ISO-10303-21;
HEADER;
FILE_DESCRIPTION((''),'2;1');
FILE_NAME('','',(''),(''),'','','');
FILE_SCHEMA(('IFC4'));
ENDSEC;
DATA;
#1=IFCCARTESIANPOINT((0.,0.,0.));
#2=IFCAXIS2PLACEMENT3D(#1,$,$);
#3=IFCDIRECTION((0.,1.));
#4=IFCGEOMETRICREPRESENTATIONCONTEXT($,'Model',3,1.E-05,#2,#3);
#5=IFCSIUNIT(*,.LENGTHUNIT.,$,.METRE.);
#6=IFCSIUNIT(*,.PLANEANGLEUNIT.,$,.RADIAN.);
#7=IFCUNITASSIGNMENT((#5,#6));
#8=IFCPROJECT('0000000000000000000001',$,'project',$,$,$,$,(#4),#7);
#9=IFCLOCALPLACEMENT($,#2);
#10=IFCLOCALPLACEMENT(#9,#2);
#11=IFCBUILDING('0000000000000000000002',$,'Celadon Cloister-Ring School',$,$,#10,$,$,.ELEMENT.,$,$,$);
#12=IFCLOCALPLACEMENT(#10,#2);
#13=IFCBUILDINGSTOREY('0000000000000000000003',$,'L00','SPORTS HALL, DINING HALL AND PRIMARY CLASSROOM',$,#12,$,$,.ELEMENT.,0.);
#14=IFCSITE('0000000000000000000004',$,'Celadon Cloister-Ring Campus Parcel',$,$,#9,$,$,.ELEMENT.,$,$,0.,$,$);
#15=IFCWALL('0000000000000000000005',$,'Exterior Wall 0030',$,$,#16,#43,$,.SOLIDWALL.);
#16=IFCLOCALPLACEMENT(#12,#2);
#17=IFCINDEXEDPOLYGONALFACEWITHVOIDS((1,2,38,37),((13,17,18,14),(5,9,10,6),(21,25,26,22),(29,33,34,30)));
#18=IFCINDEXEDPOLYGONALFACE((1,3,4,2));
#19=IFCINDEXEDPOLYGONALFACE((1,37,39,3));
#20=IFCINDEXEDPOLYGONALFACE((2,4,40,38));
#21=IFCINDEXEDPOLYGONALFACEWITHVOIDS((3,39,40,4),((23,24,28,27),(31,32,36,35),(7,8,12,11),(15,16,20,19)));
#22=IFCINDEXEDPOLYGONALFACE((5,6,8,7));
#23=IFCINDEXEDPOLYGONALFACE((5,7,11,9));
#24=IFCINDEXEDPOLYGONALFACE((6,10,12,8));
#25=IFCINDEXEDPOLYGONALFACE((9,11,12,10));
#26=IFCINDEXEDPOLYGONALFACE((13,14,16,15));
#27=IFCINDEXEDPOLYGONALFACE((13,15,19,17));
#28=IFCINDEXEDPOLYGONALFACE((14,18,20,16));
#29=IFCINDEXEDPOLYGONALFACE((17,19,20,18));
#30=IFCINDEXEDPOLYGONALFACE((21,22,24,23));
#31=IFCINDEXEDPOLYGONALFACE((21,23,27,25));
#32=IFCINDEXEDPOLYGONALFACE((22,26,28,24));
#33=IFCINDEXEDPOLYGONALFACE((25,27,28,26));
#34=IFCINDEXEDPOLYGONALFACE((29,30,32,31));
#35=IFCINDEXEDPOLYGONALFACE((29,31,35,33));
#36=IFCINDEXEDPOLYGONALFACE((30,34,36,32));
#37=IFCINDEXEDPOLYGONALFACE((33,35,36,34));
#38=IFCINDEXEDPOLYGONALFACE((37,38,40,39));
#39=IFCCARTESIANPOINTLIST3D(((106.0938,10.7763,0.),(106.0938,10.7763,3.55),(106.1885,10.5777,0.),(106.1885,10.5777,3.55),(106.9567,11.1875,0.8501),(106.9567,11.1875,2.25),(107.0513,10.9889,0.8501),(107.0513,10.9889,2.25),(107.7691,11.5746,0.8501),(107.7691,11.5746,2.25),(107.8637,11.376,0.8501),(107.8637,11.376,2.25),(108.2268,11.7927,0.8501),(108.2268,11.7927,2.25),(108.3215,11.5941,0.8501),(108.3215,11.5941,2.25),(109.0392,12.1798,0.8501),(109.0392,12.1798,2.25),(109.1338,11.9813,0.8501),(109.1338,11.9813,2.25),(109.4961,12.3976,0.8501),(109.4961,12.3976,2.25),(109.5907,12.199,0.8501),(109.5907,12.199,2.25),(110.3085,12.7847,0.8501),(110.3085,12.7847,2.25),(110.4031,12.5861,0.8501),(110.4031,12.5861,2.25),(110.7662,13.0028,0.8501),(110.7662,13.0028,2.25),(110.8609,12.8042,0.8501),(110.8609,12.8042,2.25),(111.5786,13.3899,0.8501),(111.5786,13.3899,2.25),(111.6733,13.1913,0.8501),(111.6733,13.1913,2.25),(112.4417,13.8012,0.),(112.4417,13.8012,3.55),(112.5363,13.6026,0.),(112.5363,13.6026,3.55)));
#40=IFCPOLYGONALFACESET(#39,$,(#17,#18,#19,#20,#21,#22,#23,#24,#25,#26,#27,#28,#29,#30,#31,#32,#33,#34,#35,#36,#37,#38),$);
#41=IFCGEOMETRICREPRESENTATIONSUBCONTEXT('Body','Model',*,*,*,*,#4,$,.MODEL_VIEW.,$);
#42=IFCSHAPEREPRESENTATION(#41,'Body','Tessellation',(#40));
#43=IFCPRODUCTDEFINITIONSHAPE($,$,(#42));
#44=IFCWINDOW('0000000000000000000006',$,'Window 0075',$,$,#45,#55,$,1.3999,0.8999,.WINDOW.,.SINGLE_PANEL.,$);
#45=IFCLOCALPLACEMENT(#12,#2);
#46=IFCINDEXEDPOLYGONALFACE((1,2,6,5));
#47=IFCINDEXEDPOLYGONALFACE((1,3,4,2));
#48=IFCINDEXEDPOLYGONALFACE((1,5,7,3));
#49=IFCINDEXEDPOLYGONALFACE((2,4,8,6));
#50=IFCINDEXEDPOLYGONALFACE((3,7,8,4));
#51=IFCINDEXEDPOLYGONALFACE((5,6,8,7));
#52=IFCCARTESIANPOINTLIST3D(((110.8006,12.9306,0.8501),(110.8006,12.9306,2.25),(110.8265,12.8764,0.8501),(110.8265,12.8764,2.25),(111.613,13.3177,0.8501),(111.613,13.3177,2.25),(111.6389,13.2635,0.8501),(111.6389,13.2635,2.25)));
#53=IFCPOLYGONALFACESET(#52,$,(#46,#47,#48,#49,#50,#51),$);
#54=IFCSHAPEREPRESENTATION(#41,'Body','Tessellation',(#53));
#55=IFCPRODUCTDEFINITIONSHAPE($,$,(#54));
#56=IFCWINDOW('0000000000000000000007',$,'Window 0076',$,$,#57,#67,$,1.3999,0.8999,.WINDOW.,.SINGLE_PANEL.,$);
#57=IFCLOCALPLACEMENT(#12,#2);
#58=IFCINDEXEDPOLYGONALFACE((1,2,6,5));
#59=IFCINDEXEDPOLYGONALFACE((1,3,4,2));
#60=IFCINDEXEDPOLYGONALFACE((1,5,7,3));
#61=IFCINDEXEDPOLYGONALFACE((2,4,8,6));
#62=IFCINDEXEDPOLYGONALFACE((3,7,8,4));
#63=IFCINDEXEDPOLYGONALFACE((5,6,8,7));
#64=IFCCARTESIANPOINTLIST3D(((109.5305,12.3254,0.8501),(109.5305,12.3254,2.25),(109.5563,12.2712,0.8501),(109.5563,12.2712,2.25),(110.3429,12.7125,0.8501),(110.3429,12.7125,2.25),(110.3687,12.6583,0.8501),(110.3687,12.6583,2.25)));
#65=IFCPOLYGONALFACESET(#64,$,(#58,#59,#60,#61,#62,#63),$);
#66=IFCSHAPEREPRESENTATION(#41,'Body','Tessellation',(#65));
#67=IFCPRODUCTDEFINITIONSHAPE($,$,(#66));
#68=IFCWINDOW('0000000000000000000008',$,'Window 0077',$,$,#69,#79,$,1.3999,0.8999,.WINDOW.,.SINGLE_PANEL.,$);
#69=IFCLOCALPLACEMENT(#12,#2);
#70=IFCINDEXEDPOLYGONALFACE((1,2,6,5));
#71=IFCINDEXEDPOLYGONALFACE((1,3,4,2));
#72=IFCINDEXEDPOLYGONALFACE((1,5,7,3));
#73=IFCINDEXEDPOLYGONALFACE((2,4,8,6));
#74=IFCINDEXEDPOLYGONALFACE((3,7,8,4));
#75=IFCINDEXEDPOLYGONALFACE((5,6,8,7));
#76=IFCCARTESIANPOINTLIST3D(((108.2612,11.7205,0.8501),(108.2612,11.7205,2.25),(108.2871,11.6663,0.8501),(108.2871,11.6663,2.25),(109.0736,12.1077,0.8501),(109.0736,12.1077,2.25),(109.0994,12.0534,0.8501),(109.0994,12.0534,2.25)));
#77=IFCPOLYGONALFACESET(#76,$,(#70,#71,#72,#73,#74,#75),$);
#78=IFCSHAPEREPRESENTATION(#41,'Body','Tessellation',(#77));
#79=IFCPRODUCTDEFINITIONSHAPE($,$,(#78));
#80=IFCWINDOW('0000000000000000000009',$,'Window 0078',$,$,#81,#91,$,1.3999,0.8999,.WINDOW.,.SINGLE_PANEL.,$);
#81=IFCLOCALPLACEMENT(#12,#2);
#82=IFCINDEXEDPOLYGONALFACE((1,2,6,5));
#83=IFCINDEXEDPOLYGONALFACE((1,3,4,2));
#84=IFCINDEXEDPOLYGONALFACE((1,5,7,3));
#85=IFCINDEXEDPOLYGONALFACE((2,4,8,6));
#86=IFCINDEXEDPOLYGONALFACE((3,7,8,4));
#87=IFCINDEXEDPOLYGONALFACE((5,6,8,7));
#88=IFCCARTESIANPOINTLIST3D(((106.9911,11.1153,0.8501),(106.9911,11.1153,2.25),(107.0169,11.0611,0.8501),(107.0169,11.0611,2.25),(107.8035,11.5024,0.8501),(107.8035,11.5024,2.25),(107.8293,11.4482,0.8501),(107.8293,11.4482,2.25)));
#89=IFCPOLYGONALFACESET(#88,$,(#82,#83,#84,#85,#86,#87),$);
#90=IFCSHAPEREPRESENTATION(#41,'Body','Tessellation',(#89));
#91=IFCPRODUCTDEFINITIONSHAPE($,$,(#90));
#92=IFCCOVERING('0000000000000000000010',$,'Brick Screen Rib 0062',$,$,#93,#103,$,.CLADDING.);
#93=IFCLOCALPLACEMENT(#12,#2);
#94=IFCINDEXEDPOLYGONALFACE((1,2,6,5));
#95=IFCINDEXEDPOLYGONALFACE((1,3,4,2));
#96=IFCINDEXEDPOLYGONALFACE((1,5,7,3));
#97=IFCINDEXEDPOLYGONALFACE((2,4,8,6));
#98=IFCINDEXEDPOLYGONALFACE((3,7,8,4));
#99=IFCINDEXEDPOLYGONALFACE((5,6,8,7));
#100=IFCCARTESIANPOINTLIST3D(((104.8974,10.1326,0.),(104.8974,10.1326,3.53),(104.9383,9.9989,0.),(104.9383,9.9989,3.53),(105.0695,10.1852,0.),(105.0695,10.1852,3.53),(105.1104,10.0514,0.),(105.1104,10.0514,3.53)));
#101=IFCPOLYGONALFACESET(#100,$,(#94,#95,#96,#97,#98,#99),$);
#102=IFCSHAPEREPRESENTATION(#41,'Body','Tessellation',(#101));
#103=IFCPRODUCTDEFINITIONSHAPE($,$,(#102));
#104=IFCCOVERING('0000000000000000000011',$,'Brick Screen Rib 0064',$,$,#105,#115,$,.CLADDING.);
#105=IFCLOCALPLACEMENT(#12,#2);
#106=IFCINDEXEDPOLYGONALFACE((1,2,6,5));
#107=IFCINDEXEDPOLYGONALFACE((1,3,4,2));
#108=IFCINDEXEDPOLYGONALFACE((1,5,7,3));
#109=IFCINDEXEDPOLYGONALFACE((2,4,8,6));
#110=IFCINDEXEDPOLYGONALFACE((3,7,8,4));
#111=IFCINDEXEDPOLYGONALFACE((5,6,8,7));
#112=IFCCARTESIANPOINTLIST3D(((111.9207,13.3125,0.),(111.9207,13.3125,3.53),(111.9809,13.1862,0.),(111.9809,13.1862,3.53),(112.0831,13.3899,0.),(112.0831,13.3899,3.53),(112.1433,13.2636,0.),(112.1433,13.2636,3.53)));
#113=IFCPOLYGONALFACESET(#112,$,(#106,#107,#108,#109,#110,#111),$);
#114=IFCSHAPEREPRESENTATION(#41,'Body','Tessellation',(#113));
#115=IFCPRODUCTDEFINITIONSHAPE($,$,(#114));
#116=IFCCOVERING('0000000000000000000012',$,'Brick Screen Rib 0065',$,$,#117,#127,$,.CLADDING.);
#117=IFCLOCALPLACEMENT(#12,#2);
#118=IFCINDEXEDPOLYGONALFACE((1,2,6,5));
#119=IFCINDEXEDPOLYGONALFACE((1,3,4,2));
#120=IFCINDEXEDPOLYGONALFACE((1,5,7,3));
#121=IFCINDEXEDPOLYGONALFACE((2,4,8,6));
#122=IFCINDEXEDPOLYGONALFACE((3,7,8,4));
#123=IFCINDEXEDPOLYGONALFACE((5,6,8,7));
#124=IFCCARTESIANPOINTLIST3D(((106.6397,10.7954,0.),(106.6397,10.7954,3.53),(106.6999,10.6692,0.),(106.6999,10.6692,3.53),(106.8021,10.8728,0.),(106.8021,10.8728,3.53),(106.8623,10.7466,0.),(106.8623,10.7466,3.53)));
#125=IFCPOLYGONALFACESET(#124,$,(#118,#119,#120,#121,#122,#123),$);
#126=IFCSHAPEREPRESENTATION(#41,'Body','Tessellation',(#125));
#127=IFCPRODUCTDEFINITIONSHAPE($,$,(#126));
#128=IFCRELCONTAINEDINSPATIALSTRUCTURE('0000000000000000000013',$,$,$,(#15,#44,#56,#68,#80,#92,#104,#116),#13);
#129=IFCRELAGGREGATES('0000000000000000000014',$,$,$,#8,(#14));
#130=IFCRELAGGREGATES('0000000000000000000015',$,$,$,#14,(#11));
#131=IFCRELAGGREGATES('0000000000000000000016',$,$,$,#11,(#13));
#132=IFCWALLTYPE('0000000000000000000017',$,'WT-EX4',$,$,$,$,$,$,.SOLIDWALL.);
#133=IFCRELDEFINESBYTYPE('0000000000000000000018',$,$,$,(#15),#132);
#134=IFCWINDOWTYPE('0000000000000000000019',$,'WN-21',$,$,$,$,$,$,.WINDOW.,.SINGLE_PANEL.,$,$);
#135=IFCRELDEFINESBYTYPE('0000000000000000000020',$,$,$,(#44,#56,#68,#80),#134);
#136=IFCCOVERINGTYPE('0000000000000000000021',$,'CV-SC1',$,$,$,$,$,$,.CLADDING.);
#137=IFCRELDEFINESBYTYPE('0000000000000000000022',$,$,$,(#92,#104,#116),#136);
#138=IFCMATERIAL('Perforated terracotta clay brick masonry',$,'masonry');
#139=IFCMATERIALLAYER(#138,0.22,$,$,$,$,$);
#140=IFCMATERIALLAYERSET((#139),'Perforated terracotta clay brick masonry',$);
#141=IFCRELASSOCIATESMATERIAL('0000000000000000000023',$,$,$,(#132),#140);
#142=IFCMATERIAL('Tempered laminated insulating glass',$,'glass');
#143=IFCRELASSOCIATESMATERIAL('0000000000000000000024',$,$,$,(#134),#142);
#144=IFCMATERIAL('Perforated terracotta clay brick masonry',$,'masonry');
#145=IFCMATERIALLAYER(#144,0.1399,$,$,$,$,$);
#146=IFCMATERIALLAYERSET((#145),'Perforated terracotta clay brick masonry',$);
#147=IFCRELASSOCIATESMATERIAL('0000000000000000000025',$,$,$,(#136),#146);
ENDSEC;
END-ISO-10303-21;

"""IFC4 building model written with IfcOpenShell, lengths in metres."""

from ifc_helpers import new_model, si_unit, direction, frame, frame_2d, origin, origin_2d, place, context, subcontext, project, spatial, rectangle, extrude, material, layer, layer_set, type_object, element, fill, save


model = new_model("IFC4")

# Units and contexts
model_context = context("Model", 3, precision=1e-05, world=origin(), true_north=direction((0.0, 1.0)))
body_context = subcontext(model_context, "Body", "Model", "MODEL_VIEW")
ifc_project = project(units=[si_unit("LENGTHUNIT", "METRE"), si_unit("PLANEANGLEUNIT", "RADIAN")], contexts=[model_context])

# Site, building, storey
site_placement = place(None, origin())
site = spatial("IfcSite", under=ifc_project, at=site_placement, Name="Celadon Cloister-Ring Campus Parcel", CompositionType="ELEMENT", RefElevation=0.0)
building_placement = place(site_placement, origin())
building = spatial("IfcBuilding", under=site, at=building_placement, Name="Celadon Cloister-Ring School", CompositionType="ELEMENT")
storey_placement = place(building_placement, origin())
storey = spatial("IfcBuildingStorey", under=building, at=storey_placement, Name="L00", Description="SPORTS HALL, DINING HALL AND PRIMARY CLASSROOM", CompositionType="ELEMENT", Elevation=0.0)

# Wall, openings, windows
ifc_material_1 = material(Name="Perforated terracotta clay brick masonry", Category="masonry")
ifc_layer_1 = layer(ifc_material_1, 0.22)
ifc_layer_set_1 = layer_set([ifc_layer_1], Name="Perforated terracotta clay brick masonry")
wall_type = type_object("IfcWallType", Name="WT-EX4", PredefinedType="SOLIDWALL", material=ifc_layer_set_1)
ifc_material_2 = material(Name="Tempered laminated insulating glass", Category="glass")
window_type = type_object("IfcWindowType", Name="WN-21", PartitioningType="SINGLE_PANEL", PredefinedType="WINDOW", material=ifc_material_2)
wall_1_placement = place(storey_placement, frame((112.489, 13.7019, 0.0), z_axis=(0.0, 0.0, 1.0), x_axis=(-0.902745, -0.430176, 0.0)))
wall_1 = element("IfcWall", 1, at=wall_1_placement, inside=storey, type_object=wall_type, Name="Exterior Wall 0030", PredefinedType="SOLIDWALL", context=body_context, shape_type="SweptSolid", body=[
    extrude(rectangle(XDim=7.0317, YDim=0.22, at=frame_2d((3.5159, 0.0))), origin(), (0.0, 0.0, 1.0), 3.55),
])
opening_1_placement = place(wall_1_placement, frame((0.9561, 0.0, 0.8501)))
opening_1 = element("IfcOpeningElement", 2, at=opening_1_placement, cuts=wall_1, PredefinedType="OPENING", context=body_context, shape_type="SweptSolid", body=[
    extrude(rectangle(XDim=0.8999, YDim=1.3999, at=frame_2d((0.45, 0.7))), frame((0.0, 0.1201, 0.0), z_axis=(0.0, -1.0, 0.0), x_axis=(1.0, 0.0, 0.0)), (0.0, 0.0, 1.0), 0.24),
])
opening_2_placement = place(wall_1_placement, frame((2.363, 0.0, 0.8501)))
opening_2 = element("IfcOpeningElement", 3, at=opening_2_placement, cuts=wall_1, PredefinedType="OPENING", context=body_context, shape_type="SweptSolid", body=[
    extrude(rectangle(XDim=0.8999, YDim=1.3999, at=frame_2d((0.45, 0.7))), frame((0.0, 0.1201, 0.0), z_axis=(0.0, -1.0, 0.0), x_axis=(1.0, 0.0, 0.0)), (0.0, 0.0, 1.0), 0.24),
])
opening_3_placement = place(wall_1_placement, frame((3.769, 0.0, 0.8501)))
opening_3 = element("IfcOpeningElement", 4, at=opening_3_placement, cuts=wall_1, PredefinedType="OPENING", context=body_context, shape_type="SweptSolid", body=[
    extrude(rectangle(XDim=0.8999, YDim=1.3999, at=frame_2d((0.45, 0.7))), frame((0.0, 0.1201, 0.0), z_axis=(0.0, -1.0, 0.0), x_axis=(1.0, 0.0, 0.0)), (0.0, 0.0, 1.0), 0.24),
])
opening_4_placement = place(wall_1_placement, frame((5.176, 0.0, 0.8501)))
opening_4 = element("IfcOpeningElement", 5, at=opening_4_placement, cuts=wall_1, PredefinedType="OPENING", context=body_context, shape_type="SweptSolid", body=[
    extrude(rectangle(XDim=0.8999, YDim=1.3999, at=frame_2d((0.45, 0.7))), frame((0.0, 0.1201, 0.0), z_axis=(0.0, -1.0, 0.0), x_axis=(1.0, 0.0, 0.0)), (0.0, 0.0, 1.0), 0.24),
])
window_1_placement = place(opening_1_placement, origin())
window_1 = element("IfcWindow", 6, at=window_1_placement, inside=storey, type_object=window_type, Name="Window 0075", OverallHeight=1.3999, OverallWidth=0.8999, PartitioningType="SINGLE_PANEL", PredefinedType="WINDOW", context=body_context, shape_type="SweptSolid", body=[
    extrude(rectangle(XDim=0.8999, YDim=1.3999, at=frame_2d((0.45, 0.7))), frame((0.0, 0.03, 0.0), z_axis=(0.0, -1.0, 0.0), x_axis=(1.0, 0.0, 0.0)), (0.0, 0.0, 1.0), 0.0601),
])
fill(opening_1, window_1)
window_2_placement = place(opening_2_placement, origin())
window_2 = element("IfcWindow", 7, at=window_2_placement, inside=storey, type_object=window_type, Name="Window 0076", OverallHeight=1.3999, OverallWidth=0.8999, PartitioningType="SINGLE_PANEL", PredefinedType="WINDOW", context=body_context, shape_type="SweptSolid", body=[
    extrude(rectangle(XDim=0.8999, YDim=1.3999, at=frame_2d((0.45, 0.7))), frame((0.0, 0.03, 0.0), z_axis=(0.0, -1.0, 0.0), x_axis=(1.0, 0.0, 0.0)), (0.0, 0.0, 1.0), 0.0601),
])
fill(opening_2, window_2)
window_3_placement = place(opening_3_placement, origin())
window_3 = element("IfcWindow", 8, at=window_3_placement, inside=storey, type_object=window_type, Name="Window 0077", OverallHeight=1.3999, OverallWidth=0.8999, PartitioningType="SINGLE_PANEL", PredefinedType="WINDOW", context=body_context, shape_type="SweptSolid", body=[
    extrude(rectangle(XDim=0.8999, YDim=1.3999, at=frame_2d((0.45, 0.7))), frame((0.0, 0.03, 0.0), z_axis=(0.0, -1.0, 0.0), x_axis=(1.0, 0.0, 0.0)), (0.0, 0.0, 1.0), 0.0601),
])
fill(opening_3, window_3)
window_4_placement = place(opening_4_placement, origin())
window_4 = element("IfcWindow", 9, at=window_4_placement, inside=storey, type_object=window_type, Name="Window 0078", OverallHeight=1.3999, OverallWidth=0.8999, PartitioningType="SINGLE_PANEL", PredefinedType="WINDOW", context=body_context, shape_type="SweptSolid", body=[
    extrude(rectangle(XDim=0.8999, YDim=1.3999, at=frame_2d((0.45, 0.7))), frame((0.0, 0.03, 0.0), z_axis=(0.0, -1.0, 0.0), x_axis=(1.0, 0.0, 0.0)), (0.0, 0.0, 1.0), 0.0601),
])
fill(opening_4, window_4)

# Coverings
ifc_material_3 = material(Name="Perforated terracotta clay brick masonry", Category="masonry")
ifc_layer_2 = layer(ifc_material_3, 0.1399)
ifc_layer_set_2 = layer_set([ifc_layer_2], Name="Perforated terracotta clay brick masonry")
covering_type = type_object("IfcCoveringType", Name="CV-SC1", PredefinedType="CLADDING", material=ifc_layer_set_2)
for number, where, z_axis, x_axis, name in (
    (10, (105.0039, 10.092, 0.0), (0.0, 0.0, 1.0), (-0.956346, -0.292238, 0.0), "Brick Screen Rib 0062"),
    (11, (112.032, 13.2881, 0.0), (0.0, 0.0, 1.0), (-0.902743, -0.43018, 0.0), "Brick Screen Rib 0064"),
    (12, (106.751, 10.771, 0.0), (0.0, 0.0, 1.0), (-0.902743, -0.43018, 0.0), "Brick Screen Rib 0065"),
):
    element("IfcCovering", number, at=place(storey_placement, frame(where, z_axis=z_axis, x_axis=x_axis)), inside=storey, type_object=covering_type, Name=name, PredefinedType="CLADDING", context=body_context, shape_type="SweptSolid", body=[
        extrude(rectangle(XDim=0.1799, YDim=0.1399, at=origin_2d()), origin(), (0.0, 0.0, 1.0), 3.53),
    ])

save(model, "model.ifc")
